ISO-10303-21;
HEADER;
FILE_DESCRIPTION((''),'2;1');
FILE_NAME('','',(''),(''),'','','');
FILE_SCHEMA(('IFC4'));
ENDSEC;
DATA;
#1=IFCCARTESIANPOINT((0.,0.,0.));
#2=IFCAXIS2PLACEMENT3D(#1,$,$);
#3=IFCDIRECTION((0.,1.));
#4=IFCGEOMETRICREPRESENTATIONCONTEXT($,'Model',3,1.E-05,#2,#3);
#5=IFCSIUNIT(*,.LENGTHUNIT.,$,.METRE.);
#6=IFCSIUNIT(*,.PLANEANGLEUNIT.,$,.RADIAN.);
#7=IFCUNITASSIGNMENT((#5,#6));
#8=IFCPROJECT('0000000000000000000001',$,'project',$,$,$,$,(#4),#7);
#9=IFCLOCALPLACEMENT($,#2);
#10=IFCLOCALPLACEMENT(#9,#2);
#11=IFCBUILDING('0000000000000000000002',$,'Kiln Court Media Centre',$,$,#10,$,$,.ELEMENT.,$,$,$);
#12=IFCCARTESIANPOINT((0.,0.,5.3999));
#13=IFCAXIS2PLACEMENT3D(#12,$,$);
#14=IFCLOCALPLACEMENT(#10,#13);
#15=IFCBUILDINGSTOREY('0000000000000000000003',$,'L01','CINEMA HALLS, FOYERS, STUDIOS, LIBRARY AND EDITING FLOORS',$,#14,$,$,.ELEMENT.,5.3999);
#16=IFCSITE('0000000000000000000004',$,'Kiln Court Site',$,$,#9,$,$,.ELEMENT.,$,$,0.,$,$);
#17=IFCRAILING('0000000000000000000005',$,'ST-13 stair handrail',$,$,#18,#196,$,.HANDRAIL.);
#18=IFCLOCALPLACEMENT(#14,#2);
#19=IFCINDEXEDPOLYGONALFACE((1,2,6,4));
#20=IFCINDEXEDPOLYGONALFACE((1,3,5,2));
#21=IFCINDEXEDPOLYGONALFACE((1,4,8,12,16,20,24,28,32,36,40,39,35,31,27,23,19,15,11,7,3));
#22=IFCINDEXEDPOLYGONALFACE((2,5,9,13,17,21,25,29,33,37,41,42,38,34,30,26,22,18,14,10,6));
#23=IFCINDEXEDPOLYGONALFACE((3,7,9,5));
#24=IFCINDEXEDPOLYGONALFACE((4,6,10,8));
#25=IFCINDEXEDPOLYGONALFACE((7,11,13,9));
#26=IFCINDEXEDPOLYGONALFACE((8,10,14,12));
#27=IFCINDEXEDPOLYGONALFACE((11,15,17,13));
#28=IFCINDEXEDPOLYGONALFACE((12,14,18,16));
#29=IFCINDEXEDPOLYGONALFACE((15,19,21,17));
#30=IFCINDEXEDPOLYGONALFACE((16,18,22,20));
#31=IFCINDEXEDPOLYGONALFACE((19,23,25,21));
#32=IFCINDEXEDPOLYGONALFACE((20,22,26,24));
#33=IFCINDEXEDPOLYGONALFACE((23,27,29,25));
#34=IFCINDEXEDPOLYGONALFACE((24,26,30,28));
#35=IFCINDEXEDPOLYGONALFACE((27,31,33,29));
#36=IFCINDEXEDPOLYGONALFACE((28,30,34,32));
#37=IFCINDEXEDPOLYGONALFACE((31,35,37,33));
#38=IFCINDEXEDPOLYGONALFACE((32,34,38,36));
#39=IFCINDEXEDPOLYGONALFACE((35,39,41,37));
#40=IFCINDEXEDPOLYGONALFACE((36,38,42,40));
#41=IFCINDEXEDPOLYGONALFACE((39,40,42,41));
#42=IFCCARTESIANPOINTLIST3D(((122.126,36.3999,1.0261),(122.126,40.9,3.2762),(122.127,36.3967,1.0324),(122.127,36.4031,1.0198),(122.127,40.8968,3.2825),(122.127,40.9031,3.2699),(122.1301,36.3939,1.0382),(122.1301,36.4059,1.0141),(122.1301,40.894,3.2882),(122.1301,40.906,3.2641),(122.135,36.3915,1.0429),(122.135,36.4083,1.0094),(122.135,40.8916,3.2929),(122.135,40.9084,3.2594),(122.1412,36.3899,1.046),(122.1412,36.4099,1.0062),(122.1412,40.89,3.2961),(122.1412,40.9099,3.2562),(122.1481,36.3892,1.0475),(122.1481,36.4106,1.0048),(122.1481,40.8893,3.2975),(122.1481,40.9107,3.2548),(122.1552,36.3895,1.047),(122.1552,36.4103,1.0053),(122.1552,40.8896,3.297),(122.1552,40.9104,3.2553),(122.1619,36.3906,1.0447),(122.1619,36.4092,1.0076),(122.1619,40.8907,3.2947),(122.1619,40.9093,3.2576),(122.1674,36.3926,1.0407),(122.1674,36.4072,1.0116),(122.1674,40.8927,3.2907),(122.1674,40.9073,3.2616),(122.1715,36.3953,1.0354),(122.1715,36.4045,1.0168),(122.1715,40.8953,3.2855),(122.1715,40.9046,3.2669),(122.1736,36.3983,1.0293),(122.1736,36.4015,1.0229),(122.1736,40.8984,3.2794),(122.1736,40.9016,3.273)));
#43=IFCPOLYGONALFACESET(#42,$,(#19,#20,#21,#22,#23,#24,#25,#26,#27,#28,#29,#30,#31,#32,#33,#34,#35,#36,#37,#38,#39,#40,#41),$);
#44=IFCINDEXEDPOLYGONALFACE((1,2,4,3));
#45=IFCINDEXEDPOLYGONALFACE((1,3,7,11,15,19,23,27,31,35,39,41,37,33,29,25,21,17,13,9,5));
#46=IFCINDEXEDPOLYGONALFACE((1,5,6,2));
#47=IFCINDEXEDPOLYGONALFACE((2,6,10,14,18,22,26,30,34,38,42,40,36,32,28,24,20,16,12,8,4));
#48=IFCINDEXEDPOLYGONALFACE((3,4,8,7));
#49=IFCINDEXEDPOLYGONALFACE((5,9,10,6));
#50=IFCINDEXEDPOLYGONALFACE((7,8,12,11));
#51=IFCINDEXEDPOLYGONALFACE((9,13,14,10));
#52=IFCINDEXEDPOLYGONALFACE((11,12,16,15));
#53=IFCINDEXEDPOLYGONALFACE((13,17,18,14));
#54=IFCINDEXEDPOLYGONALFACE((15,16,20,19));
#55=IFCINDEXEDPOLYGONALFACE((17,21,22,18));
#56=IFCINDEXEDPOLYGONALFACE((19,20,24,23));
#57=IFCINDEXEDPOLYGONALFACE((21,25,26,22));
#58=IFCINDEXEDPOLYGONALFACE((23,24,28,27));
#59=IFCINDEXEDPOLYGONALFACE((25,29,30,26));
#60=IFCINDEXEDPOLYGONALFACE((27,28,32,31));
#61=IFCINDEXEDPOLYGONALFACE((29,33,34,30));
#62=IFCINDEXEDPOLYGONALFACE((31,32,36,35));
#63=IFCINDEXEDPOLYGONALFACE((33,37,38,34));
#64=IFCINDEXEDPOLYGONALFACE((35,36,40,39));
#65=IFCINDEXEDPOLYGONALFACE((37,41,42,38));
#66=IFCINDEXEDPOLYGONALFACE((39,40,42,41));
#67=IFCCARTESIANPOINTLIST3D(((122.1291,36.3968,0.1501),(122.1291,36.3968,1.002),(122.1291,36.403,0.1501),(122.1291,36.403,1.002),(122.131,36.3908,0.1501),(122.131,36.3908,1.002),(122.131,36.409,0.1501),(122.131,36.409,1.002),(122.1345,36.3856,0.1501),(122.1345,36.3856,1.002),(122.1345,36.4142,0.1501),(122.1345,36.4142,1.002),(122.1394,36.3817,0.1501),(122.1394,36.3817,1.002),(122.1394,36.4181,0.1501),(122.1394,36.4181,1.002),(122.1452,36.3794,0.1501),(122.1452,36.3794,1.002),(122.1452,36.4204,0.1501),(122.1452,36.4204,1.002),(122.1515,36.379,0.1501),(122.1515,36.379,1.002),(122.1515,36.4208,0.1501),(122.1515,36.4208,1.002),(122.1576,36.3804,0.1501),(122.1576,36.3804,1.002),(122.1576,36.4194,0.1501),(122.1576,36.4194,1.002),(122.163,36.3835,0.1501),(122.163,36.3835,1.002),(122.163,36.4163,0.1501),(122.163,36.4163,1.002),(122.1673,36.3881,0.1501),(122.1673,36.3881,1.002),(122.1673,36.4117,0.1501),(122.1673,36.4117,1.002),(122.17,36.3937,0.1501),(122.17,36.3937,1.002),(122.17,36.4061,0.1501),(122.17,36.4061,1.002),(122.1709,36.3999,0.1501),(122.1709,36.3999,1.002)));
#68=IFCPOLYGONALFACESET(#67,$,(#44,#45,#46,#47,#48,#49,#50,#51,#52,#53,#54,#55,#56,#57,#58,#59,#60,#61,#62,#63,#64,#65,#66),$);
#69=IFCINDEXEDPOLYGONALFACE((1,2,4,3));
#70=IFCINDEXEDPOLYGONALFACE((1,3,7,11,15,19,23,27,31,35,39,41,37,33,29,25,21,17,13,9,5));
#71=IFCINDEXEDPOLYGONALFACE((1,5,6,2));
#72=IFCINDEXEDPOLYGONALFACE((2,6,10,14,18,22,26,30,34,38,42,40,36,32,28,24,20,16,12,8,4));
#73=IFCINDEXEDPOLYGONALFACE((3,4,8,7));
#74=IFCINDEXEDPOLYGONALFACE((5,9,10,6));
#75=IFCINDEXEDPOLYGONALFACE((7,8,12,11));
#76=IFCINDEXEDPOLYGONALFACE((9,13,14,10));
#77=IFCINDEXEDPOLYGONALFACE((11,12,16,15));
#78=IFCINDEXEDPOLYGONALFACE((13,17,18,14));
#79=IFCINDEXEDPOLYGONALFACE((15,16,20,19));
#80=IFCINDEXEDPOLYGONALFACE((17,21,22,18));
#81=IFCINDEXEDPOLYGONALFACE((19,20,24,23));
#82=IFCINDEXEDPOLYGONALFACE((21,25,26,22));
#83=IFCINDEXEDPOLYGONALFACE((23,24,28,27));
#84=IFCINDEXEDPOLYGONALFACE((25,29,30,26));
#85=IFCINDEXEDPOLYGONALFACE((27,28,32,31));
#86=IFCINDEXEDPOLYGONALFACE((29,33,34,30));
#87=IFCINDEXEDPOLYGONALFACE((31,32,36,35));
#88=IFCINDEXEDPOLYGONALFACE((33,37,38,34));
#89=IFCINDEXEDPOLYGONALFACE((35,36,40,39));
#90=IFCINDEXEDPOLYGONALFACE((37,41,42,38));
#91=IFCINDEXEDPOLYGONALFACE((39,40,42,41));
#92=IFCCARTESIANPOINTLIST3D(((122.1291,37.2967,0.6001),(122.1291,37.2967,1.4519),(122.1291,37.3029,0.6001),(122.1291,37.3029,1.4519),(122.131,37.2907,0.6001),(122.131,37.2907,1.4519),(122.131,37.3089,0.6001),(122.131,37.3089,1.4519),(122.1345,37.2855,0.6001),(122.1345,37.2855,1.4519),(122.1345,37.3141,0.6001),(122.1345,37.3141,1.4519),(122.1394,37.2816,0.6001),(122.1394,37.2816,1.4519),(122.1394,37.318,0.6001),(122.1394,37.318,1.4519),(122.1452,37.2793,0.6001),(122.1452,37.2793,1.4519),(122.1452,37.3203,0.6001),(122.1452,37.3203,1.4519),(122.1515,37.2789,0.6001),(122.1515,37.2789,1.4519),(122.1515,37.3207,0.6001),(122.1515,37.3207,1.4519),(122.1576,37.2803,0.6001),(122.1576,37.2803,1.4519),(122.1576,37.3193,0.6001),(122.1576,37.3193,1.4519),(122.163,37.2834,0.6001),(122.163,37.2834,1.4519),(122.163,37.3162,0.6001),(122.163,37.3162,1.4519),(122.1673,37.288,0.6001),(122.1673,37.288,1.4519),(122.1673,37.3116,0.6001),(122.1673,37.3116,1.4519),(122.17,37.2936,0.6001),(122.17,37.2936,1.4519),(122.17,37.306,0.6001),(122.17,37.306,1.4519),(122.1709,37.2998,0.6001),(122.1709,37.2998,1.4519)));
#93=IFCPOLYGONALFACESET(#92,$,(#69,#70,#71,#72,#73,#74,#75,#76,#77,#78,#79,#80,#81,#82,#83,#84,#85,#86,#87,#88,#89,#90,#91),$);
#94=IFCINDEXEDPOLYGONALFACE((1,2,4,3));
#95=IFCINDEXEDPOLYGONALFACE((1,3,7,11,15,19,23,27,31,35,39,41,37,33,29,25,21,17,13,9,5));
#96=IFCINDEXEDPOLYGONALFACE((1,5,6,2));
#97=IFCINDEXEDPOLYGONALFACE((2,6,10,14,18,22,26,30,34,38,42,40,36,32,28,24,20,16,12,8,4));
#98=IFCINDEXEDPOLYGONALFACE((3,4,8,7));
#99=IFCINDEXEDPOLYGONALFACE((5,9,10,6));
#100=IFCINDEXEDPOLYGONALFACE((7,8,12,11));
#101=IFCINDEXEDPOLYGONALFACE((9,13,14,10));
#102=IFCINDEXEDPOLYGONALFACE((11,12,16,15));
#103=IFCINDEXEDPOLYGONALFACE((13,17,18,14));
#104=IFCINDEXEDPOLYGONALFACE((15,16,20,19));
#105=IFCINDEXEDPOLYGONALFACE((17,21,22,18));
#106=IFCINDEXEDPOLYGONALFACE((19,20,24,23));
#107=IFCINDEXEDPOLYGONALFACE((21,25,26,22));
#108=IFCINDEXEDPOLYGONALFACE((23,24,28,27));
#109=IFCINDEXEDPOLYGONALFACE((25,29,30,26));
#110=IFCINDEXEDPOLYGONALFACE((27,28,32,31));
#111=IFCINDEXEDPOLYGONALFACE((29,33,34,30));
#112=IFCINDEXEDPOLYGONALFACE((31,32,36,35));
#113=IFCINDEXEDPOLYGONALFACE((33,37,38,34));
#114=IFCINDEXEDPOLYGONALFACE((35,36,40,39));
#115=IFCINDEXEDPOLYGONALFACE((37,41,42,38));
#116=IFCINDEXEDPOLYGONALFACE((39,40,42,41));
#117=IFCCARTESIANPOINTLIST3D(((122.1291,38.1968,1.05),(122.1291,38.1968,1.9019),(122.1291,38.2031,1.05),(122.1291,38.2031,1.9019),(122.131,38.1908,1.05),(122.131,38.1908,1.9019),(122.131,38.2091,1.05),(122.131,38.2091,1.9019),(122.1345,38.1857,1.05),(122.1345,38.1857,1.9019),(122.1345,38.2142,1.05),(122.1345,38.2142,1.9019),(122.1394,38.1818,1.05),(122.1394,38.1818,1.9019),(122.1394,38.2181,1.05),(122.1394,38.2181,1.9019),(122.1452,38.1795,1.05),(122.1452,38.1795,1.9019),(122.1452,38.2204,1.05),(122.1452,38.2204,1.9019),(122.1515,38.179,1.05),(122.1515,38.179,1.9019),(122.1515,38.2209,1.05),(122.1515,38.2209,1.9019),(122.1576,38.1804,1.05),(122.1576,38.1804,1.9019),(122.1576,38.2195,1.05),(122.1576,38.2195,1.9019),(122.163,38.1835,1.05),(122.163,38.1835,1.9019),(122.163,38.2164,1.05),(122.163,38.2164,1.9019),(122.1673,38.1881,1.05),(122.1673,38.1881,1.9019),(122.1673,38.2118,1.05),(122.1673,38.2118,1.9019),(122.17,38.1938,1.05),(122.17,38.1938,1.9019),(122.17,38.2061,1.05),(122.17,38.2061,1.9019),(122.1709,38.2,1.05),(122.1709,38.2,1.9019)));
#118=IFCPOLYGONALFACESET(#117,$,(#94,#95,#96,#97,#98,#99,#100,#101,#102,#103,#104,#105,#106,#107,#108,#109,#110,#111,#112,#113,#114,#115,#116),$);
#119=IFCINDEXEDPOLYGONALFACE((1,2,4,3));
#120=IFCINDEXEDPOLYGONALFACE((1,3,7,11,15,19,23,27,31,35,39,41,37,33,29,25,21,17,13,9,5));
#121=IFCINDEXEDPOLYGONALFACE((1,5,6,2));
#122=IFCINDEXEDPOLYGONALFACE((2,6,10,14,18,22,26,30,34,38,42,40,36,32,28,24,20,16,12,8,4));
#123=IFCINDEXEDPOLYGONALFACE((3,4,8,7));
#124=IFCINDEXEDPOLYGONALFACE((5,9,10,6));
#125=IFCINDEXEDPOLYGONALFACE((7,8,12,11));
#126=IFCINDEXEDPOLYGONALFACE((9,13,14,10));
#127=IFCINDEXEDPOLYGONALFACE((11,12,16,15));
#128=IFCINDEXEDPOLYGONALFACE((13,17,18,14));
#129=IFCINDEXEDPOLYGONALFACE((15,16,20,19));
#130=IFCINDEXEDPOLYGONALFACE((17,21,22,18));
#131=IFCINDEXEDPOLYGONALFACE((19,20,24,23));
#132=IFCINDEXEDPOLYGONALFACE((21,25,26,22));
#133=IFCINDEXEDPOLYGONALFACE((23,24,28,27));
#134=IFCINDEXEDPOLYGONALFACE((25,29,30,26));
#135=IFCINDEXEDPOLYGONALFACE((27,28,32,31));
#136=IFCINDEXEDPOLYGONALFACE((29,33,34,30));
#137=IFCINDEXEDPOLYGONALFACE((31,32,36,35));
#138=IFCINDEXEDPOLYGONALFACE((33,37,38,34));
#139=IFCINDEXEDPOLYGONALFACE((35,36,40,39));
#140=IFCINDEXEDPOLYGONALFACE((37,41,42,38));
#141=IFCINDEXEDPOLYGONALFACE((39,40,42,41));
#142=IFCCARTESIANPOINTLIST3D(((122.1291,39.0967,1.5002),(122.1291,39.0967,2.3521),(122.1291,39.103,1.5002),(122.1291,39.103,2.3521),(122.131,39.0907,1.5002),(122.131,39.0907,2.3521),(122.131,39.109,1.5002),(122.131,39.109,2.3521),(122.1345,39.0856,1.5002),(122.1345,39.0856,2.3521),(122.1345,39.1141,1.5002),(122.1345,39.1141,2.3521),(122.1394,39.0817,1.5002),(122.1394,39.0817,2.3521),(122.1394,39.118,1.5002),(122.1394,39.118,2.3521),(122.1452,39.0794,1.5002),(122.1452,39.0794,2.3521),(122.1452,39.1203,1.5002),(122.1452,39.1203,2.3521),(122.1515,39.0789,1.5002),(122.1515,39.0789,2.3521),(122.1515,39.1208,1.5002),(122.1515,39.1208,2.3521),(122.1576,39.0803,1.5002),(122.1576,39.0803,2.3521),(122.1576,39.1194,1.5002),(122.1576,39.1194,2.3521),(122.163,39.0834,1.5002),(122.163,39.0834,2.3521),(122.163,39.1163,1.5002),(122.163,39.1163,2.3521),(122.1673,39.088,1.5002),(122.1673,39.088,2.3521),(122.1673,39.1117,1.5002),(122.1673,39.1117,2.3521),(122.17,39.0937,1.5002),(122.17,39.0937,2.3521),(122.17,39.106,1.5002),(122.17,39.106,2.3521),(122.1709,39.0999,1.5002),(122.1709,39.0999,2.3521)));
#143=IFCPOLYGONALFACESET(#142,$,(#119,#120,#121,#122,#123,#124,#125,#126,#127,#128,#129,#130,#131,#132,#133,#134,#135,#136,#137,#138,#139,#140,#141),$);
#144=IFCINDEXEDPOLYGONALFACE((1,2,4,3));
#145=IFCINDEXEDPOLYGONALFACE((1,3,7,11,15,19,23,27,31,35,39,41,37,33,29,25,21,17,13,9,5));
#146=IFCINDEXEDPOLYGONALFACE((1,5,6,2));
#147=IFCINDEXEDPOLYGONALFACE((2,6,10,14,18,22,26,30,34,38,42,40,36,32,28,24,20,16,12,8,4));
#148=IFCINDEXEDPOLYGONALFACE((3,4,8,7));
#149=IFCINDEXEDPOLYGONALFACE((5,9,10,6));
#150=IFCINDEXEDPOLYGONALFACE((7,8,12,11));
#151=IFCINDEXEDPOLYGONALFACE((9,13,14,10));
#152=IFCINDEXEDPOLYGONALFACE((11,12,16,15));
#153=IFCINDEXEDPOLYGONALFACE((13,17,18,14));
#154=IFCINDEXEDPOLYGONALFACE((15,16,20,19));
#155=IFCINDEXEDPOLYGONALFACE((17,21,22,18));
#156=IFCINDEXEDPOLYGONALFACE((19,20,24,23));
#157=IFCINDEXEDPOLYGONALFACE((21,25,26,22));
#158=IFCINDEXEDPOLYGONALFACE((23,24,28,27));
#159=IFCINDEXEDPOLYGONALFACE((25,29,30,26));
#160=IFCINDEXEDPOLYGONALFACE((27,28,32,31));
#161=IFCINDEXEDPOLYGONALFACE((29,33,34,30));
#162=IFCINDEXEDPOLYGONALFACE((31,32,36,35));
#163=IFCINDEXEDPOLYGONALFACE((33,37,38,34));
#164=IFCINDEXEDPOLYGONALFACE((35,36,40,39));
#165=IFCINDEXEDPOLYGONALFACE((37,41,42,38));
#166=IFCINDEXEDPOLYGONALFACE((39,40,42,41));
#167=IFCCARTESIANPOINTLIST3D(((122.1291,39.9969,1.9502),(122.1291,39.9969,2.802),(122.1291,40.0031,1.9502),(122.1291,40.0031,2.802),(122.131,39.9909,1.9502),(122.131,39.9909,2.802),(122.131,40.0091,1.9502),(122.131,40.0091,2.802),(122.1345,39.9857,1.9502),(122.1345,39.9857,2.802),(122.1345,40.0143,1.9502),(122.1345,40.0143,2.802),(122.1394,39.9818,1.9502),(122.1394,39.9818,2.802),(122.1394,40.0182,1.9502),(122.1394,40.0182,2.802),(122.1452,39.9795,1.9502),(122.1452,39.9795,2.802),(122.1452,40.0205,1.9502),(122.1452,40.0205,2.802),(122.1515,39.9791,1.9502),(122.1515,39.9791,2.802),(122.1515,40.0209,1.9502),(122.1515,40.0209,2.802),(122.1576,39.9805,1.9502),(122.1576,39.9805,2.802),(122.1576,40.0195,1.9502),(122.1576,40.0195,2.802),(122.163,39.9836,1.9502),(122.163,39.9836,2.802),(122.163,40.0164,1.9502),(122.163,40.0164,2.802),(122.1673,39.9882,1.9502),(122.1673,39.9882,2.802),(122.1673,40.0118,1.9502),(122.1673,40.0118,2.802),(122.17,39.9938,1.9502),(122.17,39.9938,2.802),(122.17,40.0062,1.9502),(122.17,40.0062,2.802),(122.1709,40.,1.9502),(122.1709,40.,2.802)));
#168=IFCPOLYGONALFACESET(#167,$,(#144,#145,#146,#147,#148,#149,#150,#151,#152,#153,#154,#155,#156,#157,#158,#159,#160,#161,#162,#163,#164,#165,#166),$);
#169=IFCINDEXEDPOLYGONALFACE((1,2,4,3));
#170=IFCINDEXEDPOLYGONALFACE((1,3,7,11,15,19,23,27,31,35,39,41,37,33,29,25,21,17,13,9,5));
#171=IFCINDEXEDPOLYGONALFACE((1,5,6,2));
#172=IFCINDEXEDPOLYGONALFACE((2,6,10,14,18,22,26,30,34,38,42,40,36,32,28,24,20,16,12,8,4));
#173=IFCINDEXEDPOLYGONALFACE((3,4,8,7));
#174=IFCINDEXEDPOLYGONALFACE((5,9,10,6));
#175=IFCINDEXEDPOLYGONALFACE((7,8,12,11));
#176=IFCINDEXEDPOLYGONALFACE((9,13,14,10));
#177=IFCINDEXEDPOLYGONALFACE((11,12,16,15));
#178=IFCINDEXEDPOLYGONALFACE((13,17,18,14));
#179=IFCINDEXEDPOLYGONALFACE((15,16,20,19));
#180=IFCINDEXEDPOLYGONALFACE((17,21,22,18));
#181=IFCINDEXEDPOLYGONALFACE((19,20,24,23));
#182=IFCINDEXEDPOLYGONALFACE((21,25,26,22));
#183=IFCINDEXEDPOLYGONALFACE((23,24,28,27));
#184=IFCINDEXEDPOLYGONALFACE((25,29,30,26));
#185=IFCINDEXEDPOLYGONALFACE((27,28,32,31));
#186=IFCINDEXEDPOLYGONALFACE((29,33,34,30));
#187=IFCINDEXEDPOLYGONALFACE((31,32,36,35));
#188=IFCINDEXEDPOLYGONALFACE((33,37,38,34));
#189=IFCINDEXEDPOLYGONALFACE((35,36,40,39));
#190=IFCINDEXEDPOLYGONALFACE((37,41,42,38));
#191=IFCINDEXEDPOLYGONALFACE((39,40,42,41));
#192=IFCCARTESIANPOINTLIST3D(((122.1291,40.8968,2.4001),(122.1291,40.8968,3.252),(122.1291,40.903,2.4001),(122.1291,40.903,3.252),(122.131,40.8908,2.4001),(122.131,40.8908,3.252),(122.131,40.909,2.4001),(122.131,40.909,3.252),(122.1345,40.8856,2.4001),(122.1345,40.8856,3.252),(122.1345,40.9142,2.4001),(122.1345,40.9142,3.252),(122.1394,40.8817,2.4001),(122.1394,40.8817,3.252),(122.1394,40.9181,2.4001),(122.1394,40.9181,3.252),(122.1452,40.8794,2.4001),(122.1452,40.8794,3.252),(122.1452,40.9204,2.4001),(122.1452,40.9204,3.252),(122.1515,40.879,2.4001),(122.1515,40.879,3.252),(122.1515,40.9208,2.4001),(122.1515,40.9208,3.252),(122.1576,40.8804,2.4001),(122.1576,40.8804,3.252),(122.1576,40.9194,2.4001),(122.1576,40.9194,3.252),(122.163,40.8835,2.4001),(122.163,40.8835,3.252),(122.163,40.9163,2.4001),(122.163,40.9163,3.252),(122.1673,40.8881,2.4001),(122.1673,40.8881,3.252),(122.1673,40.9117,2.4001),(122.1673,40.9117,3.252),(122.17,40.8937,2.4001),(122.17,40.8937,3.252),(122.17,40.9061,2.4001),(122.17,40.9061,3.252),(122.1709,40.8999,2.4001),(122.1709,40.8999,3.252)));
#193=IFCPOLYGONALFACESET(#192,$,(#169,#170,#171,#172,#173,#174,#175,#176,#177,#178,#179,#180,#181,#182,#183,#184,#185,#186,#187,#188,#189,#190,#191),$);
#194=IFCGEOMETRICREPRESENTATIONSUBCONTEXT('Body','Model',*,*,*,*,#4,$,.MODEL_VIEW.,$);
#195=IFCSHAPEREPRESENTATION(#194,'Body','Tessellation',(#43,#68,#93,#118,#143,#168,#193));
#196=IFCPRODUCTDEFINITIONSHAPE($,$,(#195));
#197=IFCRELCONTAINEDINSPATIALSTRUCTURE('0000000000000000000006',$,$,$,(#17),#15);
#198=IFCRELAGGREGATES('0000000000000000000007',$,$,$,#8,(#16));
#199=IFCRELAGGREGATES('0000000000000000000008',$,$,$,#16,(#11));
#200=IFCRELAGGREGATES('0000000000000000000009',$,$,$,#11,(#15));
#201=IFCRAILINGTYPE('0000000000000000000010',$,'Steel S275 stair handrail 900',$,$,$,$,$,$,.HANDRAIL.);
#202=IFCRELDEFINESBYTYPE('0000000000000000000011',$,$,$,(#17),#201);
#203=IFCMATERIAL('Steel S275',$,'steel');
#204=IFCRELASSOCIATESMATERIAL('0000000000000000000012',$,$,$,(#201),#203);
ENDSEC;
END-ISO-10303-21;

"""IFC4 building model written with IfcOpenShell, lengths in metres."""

from ifc_helpers import new_model, si_unit, direction, frame, origin, origin_2d, place, context, subcontext, project, spatial, circle, extrude, material, type_object, element, save


model = new_model("IFC4")

# Units and contexts
model_context = context("Model", 3, precision=1e-05, world=origin(), true_north=direction((0.0, 1.0)))
body_context = subcontext(model_context, "Body", "Model", "MODEL_VIEW")
ifc_project = project(units=[si_unit("LENGTHUNIT", "METRE"), si_unit("PLANEANGLEUNIT", "RADIAN")], contexts=[model_context])

# Site, building, storey
site_placement = place(None, origin())
site = spatial("IfcSite", under=ifc_project, at=site_placement, Name="Kiln Court Site", CompositionType="ELEMENT", RefElevation=0.0)
building_placement = place(site_placement, origin())
building = spatial("IfcBuilding", under=site, at=building_placement, Name="Kiln Court Media Centre", CompositionType="ELEMENT")
storey_placement = place(building_placement, frame((0.0, 0.0, 5.3999)))
storey = spatial("IfcBuildingStorey", under=building, at=storey_placement, Name="L01", Description="CINEMA HALLS, FOYERS, STUDIOS, LIBRARY AND EDITING FLOORS", CompositionType="ELEMENT", Elevation=5.3999)

# Railing
ifc_material_1 = material(Name="Steel S275", Category="steel")
railing_type_1 = type_object("IfcRailingType", Name="Steel S275 stair handrail 900", PredefinedType="HANDRAIL", material=ifc_material_1)
railing_1_placement = place(storey_placement, frame((122.1499, 36.3999, 0.1501)))
element("IfcRailing", 1, at=railing_1_placement, inside=storey, type_object=railing_type_1, Name="ST-13 stair handrail", PredefinedType="HANDRAIL", context=body_context, shape_type="SweptSolid", body=[
    extrude(circle(Radius=0.0239, at=origin_2d()), frame((0.0, 0.0, 0.876), z_axis=(0.0, 0.894427, 0.447214), x_axis=(-1.0, 0.0, 0.0)), (0.0, 0.0, 1.0), 5.0312),
    extrude(circle(Radius=0.021, at=origin_2d()), origin(), (0.0, 0.0, 1.0), 0.8518),
    extrude(circle(Radius=0.021, at=origin_2d()), frame((0.0, 0.8999, 0.45)), (0.0, 0.0, 1.0), 0.8518),
    extrude(circle(Radius=0.021, at=origin_2d()), frame((0.0, 1.8, 0.8999)), (0.0, 0.0, 1.0), 0.8518),
    extrude(circle(Radius=0.021, at=origin_2d()), frame((0.0, 2.7, 1.3501)), (0.0, 0.0, 1.0), 0.8518),
    extrude(circle(Radius=0.021, at=origin_2d()), frame((0.0, 3.6001, 1.8)), (0.0, 0.0, 1.0), 0.8518),
    extrude(circle(Radius=0.021, at=origin_2d()), frame((0.0, 4.5, 2.25)), (0.0, 0.0, 1.0), 0.8518),
])

save(model, "model.ifc")
